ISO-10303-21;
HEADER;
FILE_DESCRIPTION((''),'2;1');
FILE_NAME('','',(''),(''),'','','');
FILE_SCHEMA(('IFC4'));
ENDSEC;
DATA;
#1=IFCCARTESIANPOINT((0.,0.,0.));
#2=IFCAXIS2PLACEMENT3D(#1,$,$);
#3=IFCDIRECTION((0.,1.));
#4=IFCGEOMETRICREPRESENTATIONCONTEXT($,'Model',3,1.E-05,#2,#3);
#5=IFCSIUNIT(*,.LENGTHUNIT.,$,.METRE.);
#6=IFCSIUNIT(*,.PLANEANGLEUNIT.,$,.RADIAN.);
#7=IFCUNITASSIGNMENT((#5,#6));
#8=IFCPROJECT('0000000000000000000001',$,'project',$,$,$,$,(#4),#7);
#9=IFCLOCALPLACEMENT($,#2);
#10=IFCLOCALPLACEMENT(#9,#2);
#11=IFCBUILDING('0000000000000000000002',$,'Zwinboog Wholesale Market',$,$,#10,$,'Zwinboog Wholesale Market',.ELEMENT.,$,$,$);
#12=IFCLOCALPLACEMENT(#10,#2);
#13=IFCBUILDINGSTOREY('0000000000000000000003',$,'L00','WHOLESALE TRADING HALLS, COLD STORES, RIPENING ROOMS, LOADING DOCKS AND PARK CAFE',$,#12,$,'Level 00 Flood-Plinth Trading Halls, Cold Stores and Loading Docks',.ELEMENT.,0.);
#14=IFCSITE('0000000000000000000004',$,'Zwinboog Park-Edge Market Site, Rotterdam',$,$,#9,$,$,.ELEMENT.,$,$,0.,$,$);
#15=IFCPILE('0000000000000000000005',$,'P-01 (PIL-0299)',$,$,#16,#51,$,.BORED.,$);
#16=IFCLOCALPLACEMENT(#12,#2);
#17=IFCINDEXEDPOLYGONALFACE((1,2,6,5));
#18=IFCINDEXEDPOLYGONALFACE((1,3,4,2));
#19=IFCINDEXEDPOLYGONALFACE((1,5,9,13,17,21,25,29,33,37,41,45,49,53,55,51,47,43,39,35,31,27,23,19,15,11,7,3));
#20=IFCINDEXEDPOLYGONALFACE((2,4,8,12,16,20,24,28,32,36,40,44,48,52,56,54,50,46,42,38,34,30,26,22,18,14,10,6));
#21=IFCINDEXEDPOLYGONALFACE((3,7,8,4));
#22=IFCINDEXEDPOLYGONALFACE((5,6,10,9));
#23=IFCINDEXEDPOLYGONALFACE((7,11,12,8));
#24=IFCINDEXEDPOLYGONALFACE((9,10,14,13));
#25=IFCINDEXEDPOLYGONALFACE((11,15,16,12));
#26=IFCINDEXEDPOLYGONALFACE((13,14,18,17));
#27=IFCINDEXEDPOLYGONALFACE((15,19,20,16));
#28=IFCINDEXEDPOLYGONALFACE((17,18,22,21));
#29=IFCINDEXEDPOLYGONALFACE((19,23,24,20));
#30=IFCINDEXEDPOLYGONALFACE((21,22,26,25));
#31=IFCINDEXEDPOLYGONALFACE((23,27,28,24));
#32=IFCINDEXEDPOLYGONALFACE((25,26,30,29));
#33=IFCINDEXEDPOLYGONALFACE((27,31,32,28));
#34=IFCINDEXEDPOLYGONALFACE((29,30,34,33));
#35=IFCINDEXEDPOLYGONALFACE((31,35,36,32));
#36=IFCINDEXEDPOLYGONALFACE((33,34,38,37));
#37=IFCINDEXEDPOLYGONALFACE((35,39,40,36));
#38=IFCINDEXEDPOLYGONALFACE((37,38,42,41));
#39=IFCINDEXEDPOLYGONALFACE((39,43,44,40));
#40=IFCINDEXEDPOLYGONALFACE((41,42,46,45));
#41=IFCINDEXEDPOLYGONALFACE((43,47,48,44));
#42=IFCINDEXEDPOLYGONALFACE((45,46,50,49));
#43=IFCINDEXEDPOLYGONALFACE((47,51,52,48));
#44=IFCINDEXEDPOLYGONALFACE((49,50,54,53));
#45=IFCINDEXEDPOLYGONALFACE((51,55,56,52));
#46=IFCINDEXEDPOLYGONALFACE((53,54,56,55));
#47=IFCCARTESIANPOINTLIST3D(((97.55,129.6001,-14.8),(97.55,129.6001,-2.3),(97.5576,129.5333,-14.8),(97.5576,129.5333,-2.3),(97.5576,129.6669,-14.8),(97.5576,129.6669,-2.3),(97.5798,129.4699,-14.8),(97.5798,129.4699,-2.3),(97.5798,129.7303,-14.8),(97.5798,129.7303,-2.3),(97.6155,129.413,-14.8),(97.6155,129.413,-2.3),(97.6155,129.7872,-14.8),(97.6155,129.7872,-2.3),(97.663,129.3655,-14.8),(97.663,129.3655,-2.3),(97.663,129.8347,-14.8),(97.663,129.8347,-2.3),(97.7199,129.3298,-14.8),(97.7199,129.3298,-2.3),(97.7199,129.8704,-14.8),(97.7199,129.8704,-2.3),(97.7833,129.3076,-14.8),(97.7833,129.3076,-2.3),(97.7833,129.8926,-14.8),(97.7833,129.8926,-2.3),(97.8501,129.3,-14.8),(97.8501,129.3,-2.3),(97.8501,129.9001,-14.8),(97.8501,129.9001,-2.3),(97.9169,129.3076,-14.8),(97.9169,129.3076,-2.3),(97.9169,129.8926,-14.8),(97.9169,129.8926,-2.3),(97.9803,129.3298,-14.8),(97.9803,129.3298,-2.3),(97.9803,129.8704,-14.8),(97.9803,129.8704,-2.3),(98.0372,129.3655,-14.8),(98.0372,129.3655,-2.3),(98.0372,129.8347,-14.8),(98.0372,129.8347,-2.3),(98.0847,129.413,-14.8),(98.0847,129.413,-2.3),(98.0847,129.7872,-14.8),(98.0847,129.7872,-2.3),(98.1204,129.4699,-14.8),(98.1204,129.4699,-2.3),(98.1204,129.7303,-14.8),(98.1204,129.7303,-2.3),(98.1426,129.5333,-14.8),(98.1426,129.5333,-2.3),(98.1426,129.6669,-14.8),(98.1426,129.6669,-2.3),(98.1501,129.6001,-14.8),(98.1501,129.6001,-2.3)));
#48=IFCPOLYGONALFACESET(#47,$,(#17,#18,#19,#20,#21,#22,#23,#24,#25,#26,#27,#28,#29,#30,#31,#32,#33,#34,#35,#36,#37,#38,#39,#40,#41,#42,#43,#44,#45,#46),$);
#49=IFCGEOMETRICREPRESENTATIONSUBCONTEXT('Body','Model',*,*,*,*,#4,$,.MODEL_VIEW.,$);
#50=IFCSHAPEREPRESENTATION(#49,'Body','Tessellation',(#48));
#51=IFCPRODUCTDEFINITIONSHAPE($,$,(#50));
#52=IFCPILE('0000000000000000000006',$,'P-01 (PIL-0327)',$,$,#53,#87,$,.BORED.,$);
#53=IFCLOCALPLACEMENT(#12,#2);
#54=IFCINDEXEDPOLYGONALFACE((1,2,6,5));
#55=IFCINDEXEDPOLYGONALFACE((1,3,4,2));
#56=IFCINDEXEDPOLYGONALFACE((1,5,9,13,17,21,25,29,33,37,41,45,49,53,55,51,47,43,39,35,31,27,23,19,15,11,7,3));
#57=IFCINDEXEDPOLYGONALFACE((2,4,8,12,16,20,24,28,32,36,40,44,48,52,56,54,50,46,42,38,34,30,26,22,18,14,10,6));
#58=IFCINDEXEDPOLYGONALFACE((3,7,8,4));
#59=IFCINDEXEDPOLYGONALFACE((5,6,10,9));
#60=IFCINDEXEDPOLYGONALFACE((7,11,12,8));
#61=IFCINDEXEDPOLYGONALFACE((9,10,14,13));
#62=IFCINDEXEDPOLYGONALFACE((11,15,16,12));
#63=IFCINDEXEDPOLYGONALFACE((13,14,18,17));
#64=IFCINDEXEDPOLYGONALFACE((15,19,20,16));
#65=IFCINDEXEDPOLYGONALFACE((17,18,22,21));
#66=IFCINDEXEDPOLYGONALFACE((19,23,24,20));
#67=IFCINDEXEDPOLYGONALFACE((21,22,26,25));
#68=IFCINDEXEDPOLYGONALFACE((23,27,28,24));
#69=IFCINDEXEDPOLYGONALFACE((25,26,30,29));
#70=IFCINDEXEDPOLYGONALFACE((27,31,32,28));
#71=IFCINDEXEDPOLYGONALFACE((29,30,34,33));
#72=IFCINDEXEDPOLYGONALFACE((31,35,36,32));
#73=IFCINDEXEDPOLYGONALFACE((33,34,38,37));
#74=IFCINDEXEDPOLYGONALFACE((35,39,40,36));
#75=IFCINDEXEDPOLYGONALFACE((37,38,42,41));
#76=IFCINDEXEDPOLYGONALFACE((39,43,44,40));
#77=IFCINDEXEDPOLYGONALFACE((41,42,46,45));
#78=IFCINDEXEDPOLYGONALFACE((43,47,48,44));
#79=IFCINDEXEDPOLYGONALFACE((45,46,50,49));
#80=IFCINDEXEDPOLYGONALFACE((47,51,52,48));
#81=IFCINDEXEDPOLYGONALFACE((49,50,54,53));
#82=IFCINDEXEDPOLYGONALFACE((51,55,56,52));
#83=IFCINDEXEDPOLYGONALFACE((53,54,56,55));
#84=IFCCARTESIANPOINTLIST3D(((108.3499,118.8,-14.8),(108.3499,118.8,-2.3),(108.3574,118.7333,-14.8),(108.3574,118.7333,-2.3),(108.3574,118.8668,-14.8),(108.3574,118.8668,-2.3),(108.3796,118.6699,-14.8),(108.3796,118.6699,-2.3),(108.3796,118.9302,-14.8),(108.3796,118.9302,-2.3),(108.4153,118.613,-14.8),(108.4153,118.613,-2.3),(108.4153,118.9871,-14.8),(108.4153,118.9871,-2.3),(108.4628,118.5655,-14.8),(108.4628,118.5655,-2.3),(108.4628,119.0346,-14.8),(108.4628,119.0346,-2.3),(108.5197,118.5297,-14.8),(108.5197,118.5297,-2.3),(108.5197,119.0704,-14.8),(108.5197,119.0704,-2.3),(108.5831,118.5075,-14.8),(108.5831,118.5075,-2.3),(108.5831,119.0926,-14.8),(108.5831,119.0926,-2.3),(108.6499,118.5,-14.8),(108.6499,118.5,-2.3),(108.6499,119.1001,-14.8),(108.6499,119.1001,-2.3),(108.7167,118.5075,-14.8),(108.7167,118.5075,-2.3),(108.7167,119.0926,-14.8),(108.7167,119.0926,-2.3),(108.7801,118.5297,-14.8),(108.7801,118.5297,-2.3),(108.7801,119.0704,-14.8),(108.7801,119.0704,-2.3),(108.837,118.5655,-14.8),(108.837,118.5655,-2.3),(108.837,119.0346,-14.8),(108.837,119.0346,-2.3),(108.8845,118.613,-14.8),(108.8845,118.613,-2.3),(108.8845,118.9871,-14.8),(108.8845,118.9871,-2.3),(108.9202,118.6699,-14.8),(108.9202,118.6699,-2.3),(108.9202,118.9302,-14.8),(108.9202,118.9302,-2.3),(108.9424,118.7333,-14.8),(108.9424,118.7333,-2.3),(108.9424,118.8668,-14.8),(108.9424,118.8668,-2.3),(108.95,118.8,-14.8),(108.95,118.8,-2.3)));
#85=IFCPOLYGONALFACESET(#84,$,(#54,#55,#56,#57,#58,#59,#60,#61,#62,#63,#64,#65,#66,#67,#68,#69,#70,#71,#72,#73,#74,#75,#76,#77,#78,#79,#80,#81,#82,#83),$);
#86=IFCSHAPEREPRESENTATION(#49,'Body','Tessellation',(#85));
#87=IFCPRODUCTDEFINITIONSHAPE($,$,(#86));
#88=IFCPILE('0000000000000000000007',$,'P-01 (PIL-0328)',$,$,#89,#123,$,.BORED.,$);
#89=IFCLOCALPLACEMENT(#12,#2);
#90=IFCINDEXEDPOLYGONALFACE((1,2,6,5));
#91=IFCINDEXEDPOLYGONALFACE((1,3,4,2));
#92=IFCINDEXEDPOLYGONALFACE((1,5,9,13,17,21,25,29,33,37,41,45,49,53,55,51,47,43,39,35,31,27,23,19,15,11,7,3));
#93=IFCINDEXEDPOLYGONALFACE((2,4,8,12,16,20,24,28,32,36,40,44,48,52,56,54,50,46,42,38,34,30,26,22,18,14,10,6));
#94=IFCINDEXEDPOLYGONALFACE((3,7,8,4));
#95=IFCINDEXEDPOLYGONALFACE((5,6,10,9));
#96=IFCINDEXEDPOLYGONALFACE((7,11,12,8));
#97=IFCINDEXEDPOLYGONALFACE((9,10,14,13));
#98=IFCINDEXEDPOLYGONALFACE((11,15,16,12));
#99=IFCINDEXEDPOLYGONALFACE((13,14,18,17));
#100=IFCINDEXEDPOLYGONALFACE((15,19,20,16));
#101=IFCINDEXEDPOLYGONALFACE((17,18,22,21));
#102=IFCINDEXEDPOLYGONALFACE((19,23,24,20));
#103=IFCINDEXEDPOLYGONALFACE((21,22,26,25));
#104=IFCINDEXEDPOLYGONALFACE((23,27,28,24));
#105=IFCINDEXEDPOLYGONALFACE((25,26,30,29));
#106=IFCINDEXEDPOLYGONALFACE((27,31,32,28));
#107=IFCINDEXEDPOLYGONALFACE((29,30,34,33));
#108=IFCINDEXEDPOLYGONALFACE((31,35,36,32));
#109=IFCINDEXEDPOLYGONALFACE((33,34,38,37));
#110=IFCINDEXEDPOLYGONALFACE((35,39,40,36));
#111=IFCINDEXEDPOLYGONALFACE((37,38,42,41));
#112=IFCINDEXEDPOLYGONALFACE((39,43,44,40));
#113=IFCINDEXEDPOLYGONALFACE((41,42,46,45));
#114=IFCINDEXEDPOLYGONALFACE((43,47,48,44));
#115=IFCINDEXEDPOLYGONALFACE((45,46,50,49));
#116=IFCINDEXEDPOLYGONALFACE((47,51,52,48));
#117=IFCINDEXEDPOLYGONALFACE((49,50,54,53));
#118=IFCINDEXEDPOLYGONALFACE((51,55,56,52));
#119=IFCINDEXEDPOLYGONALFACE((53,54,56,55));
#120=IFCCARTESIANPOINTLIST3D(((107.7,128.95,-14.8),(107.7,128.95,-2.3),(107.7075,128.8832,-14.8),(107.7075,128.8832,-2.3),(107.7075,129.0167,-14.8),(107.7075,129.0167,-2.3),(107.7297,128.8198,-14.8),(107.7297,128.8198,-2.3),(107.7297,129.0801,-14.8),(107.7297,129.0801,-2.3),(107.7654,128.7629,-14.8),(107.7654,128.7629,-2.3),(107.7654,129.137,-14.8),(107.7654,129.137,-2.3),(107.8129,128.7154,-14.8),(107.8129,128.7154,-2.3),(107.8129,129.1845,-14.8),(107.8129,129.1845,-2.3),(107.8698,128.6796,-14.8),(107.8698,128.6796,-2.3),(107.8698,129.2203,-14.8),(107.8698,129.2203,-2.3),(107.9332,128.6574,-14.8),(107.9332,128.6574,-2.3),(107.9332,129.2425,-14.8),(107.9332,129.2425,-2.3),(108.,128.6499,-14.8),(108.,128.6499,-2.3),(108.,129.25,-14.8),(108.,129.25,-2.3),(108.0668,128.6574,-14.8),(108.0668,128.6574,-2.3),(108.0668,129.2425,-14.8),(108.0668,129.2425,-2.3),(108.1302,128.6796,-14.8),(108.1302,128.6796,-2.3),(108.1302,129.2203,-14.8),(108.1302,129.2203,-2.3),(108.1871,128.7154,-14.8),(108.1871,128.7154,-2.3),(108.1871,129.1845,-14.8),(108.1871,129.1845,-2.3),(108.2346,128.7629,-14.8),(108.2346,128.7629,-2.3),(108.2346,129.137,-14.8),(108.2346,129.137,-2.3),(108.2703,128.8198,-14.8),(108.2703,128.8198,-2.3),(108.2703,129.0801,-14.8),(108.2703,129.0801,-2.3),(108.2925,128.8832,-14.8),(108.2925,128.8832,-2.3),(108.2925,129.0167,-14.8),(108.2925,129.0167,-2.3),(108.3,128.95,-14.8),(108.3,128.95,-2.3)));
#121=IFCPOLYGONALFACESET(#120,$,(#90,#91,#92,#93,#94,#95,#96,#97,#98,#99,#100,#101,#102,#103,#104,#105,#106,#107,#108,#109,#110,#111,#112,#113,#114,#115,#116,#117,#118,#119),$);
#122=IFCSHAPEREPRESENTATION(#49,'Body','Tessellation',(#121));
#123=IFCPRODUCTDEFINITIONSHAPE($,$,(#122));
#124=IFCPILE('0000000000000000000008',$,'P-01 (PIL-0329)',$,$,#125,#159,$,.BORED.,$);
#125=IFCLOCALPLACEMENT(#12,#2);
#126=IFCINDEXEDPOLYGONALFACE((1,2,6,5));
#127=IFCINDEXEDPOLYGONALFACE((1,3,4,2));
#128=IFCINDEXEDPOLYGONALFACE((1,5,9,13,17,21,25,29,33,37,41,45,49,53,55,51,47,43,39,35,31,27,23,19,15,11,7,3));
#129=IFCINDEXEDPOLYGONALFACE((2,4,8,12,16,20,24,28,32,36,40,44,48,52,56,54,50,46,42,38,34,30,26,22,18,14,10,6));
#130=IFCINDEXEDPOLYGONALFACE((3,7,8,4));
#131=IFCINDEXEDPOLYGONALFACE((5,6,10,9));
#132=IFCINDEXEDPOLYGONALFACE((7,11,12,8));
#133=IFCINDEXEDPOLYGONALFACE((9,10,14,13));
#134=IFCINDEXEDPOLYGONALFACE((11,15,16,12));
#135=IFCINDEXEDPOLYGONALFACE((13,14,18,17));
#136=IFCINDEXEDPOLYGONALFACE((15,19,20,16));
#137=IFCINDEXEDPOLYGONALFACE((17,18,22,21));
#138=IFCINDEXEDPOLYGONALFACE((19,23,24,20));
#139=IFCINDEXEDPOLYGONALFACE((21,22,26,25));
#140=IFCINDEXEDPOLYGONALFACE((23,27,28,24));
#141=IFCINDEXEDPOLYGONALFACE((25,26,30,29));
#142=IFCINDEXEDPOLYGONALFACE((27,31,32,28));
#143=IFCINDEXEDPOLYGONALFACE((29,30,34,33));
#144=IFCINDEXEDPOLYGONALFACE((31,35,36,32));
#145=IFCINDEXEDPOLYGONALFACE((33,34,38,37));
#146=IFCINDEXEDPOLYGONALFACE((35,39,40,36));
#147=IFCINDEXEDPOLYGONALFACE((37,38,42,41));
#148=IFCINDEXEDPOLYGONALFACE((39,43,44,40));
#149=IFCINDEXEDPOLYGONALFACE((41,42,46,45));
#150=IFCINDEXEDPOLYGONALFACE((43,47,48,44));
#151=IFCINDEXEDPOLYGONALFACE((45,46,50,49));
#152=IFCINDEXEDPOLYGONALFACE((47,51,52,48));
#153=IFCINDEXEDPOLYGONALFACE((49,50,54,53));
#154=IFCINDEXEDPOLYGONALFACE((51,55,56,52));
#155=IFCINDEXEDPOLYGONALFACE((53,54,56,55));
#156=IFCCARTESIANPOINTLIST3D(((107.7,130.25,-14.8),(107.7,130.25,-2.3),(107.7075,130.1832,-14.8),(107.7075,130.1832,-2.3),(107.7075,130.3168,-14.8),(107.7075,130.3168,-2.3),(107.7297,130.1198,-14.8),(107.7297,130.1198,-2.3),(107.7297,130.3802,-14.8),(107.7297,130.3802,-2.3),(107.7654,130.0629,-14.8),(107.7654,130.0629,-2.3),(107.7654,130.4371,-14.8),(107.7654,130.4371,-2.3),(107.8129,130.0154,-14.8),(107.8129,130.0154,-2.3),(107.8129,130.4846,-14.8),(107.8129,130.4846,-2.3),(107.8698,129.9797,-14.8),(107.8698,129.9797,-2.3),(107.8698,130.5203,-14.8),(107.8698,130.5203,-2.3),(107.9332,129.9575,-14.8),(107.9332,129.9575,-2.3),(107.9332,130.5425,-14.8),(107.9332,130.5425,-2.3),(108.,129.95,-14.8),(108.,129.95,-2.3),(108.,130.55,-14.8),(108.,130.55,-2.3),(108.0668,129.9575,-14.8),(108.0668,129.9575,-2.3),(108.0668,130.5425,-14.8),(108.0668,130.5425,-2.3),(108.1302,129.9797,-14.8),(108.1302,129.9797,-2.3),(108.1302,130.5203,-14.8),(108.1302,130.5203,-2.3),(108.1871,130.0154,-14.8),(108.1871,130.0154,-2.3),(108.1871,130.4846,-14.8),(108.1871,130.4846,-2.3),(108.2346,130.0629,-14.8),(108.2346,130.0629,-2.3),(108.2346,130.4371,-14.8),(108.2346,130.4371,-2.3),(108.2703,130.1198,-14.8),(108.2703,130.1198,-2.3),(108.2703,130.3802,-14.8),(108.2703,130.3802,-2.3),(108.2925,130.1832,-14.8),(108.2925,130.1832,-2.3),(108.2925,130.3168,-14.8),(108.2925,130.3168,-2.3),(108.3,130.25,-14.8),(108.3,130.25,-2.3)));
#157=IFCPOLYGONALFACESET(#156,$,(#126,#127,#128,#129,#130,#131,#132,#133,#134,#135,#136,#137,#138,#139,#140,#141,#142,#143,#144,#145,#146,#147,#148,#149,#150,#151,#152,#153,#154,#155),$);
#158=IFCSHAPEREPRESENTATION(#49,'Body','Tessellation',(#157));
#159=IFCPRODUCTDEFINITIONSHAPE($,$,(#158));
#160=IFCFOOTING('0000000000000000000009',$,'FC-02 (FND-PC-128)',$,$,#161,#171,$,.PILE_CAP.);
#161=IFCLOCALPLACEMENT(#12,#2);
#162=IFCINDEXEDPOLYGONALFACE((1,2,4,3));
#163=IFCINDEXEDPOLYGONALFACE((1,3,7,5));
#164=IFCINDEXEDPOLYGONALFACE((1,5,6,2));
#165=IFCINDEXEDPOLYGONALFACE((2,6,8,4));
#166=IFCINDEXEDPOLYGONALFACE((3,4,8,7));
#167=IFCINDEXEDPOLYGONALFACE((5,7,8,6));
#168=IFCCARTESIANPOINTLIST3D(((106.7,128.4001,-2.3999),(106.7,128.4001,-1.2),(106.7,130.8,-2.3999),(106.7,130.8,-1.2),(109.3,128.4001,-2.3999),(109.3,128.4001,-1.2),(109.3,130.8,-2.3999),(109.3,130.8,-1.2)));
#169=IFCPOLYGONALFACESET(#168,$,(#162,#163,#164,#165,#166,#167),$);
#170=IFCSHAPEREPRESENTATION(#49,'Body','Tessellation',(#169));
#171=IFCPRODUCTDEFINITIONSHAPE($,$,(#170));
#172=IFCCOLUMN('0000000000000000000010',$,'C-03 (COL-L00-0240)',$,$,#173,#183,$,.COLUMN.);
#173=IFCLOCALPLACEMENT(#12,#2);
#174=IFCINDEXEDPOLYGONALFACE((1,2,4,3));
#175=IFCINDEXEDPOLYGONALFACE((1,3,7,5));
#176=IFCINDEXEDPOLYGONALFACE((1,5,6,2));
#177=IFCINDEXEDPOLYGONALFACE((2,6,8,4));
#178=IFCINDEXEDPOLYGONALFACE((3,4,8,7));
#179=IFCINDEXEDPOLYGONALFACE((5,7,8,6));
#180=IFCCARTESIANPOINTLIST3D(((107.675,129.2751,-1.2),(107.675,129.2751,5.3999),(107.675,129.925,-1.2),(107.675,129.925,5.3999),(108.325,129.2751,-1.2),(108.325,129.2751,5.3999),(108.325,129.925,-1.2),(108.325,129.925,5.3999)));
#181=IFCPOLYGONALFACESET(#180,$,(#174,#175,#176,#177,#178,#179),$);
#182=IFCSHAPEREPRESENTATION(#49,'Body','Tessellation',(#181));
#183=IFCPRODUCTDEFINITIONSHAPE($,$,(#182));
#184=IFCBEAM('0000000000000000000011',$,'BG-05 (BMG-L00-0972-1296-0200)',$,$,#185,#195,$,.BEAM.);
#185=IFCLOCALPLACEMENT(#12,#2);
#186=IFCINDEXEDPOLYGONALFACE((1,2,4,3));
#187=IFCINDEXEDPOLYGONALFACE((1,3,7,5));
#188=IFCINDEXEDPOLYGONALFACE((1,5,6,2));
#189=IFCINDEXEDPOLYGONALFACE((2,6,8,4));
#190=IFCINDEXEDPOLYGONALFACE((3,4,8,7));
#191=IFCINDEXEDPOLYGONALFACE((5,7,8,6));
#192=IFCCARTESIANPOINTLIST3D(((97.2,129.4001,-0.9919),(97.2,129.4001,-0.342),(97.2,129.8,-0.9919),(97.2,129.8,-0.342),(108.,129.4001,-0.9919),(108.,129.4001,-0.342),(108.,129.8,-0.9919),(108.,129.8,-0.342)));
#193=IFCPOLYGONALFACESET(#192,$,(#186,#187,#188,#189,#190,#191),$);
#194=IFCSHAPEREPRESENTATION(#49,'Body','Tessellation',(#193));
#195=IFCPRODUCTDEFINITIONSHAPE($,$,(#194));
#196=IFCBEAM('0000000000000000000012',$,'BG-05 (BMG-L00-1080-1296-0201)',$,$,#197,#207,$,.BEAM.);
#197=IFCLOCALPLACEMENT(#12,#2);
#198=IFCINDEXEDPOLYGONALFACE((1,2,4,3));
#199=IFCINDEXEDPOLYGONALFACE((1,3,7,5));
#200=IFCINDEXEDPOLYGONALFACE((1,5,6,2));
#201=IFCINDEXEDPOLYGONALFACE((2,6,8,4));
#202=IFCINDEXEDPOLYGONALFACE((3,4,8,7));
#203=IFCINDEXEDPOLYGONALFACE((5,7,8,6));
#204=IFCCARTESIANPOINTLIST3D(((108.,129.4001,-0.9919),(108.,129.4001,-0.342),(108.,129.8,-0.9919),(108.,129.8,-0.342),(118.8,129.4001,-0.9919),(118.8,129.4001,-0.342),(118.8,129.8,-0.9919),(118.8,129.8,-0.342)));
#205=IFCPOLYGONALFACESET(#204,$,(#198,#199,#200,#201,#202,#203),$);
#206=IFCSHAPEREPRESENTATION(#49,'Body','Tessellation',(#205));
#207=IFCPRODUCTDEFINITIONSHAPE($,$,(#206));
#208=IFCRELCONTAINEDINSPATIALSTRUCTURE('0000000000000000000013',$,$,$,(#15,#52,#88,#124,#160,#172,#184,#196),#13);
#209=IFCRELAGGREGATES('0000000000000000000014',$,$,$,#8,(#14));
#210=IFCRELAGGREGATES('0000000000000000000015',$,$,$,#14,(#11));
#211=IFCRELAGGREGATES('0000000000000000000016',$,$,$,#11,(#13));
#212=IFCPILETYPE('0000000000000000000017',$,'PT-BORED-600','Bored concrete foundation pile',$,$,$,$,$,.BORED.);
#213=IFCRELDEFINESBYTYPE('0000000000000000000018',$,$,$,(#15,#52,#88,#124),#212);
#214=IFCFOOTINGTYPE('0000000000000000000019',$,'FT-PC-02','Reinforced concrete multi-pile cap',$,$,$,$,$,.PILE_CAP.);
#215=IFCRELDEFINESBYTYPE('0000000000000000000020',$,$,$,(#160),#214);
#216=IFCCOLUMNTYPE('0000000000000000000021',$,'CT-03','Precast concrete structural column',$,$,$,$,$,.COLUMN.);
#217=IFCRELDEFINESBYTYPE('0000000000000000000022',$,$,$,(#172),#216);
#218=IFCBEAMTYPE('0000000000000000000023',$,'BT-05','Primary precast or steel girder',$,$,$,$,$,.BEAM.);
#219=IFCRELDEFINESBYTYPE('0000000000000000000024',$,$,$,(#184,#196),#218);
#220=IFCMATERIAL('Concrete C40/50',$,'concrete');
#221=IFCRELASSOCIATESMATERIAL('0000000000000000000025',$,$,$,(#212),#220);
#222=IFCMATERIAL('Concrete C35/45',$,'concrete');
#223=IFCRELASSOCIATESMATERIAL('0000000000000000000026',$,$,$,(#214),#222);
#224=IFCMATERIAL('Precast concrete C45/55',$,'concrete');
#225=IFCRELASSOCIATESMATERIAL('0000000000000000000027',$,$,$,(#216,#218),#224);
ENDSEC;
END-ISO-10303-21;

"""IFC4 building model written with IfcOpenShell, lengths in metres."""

from ifc_helpers import new_model, si_unit, direction, frame, origin, origin_2d, place, context, subcontext, project, spatial, rectangle, circle, extrude, material, material_profile, profile_set, type_object, element, save


model = new_model("IFC4")

# Units and contexts
model_context = context("Model", 3, precision=1e-05, world=origin(), true_north=direction((0.0, 1.0)))
body_context = subcontext(model_context, "Body", "Model", "MODEL_VIEW")
ifc_project = project(units=[si_unit("LENGTHUNIT", "METRE"), si_unit("PLANEANGLEUNIT", "RADIAN")], contexts=[model_context])

# Site, building, storey
site_placement = place(None, origin())
site = spatial("IfcSite", under=ifc_project, at=site_placement, Name="Zwinboog Park-Edge Market Site, Rotterdam", CompositionType="ELEMENT", RefElevation=0.0)
building_placement = place(site_placement, origin())
building = spatial("IfcBuilding", under=site, at=building_placement, Name="Zwinboog Wholesale Market", LongName="Zwinboog Wholesale Market", CompositionType="ELEMENT")
storey_placement = place(building_placement, origin())
storey = spatial("IfcBuildingStorey", under=building, at=storey_placement, Name="L00", Description="WHOLESALE TRADING HALLS, COLD STORES, RIPENING ROOMS, LOADING DOCKS AND PARK CAFE", LongName="Level 00 Flood-Plinth Trading Halls, Cold Stores and Loading Docks", CompositionType="ELEMENT", Elevation=0.0)

# Piles
ifc_material_1 = material(Name="Concrete C40/50", Category="concrete")
ifc_material_profile_1 = material_profile(ifc_material_1, circle(Radius=0.3, at=origin_2d()), Name="PILE D600")
ifc_profile_set_1 = profile_set([ifc_material_profile_1], Name="Concrete C40/50")
pile_type = type_object("IfcPileType", Name="PT-BORED-600", Description="Bored concrete foundation pile", PredefinedType="BORED", material=ifc_profile_set_1)
for number, where, z_axis, x_axis, name in (
    (1, (97.8501, 129.6001, -2.3), (0.0, 0.0, -1.0), (1.0, 0.0, 0.0), "P-01 (PIL-0299)"),
    (2, (108.6499, 118.8, -2.3), (0.0, 0.0, -1.0), (1.0, 0.0, 0.0), "P-01 (PIL-0327)"),
    (3, (108.0, 128.95, -2.3), (0.0, 0.0, -1.0), (1.0, 0.0, 0.0), "P-01 (PIL-0328)"),
    (4, (108.0, 130.25, -2.3), (0.0, 0.0, -1.0), (1.0, 0.0, 0.0), "P-01 (PIL-0329)"),
):
    element("IfcPile", number, at=place(storey_placement, frame(where, z_axis=z_axis, x_axis=x_axis)), inside=storey, type_object=pile_type, Name=name, PredefinedType="BORED", context=body_context, shape_type="SweptSolid", body=[
        extrude(circle(Radius=0.3, at=origin_2d()), origin(), (0.0, 0.0, 1.0), 12.5),
    ])

# Footing
ifc_material_2 = material(Name="Concrete C35/45", Category="concrete")
footing_type = type_object("IfcFootingType", Name="FT-PC-02", Description="Reinforced concrete multi-pile cap", PredefinedType="PILE_CAP", material=ifc_material_2)
footing_placement = place(storey_placement, frame((108.0, 129.6001, -2.3999), z_axis=(0.0, 0.0, 1.0), x_axis=(1.0, 0.0, 0.0)))
element("IfcFooting", 5, at=footing_placement, inside=storey, type_object=footing_type, Name="FC-02 (FND-PC-128)", PredefinedType="PILE_CAP", context=body_context, shape_type="SweptSolid", body=[
    extrude(rectangle(XDim=2.6001, YDim=2.3999, at=origin_2d()), origin(), (0.0, 0.0, 1.0), 1.2),
])

# Column
ifc_material_3 = material(Name="Precast concrete C45/55", Category="concrete")
ifc_material_profile_2 = material_profile(ifc_material_3, rectangle(XDim=0.6499, YDim=0.6499, at=origin_2d()), Name="PC 650x650")
ifc_profile_set_2 = profile_set([ifc_material_profile_2], Name="Precast concrete C45/55")
column_type = type_object("IfcColumnType", Name="CT-03", Description="Precast concrete structural column", PredefinedType="COLUMN", material=ifc_profile_set_2)
column_placement = place(storey_placement, frame((108.0, 129.6001, -1.2), z_axis=(0.0, 0.0, 1.0), x_axis=(1.0, 0.0, 0.0)))
element("IfcColumn", 6, at=column_placement, inside=storey, type_object=column_type, Name="C-03 (COL-L00-0240)", PredefinedType="COLUMN", context=body_context, shape_type="SweptSolid", body=[
    extrude(rectangle(XDim=0.6499, YDim=0.6499, at=origin_2d()), origin(), (0.0, 0.0, 1.0), 6.5999),
])

# Beams
ifc_material_profile_3 = material_profile(ifc_material_3, rectangle(XDim=0.3999, YDim=0.6499, at=origin_2d()), Name="PC 400x650")
ifc_profile_set_3 = profile_set([ifc_material_profile_3], Name="Precast concrete C45/55")
beam_type_1 = type_object("IfcBeamType", Name="BT-05", Description="Primary precast or steel girder", PredefinedType="BEAM", material=ifc_profile_set_3)
for number, where, z_axis, x_axis, name in (
    (7, (97.2, 129.6001, -0.667), (1.0, 0.0, 0.0), (0.0, 1.0, 0.0), "BG-05 (BMG-L00-0972-1296-0200)"),
    (8, (108.0, 129.6001, -0.667), (1.0, 0.0, 0.0), (0.0, 1.0, 0.0), "BG-05 (BMG-L00-1080-1296-0201)"),
):
    element("IfcBeam", number, at=place(storey_placement, frame(where, z_axis=z_axis, x_axis=x_axis)), inside=storey, type_object=beam_type_1, Name=name, PredefinedType="BEAM", context=body_context, shape_type="SweptSolid", body=[
        extrude(rectangle(XDim=0.3999, YDim=0.6499, at=origin_2d()), origin(), (0.0, 0.0, 1.0), 10.8),
    ])

save(model, "model.ifc")
